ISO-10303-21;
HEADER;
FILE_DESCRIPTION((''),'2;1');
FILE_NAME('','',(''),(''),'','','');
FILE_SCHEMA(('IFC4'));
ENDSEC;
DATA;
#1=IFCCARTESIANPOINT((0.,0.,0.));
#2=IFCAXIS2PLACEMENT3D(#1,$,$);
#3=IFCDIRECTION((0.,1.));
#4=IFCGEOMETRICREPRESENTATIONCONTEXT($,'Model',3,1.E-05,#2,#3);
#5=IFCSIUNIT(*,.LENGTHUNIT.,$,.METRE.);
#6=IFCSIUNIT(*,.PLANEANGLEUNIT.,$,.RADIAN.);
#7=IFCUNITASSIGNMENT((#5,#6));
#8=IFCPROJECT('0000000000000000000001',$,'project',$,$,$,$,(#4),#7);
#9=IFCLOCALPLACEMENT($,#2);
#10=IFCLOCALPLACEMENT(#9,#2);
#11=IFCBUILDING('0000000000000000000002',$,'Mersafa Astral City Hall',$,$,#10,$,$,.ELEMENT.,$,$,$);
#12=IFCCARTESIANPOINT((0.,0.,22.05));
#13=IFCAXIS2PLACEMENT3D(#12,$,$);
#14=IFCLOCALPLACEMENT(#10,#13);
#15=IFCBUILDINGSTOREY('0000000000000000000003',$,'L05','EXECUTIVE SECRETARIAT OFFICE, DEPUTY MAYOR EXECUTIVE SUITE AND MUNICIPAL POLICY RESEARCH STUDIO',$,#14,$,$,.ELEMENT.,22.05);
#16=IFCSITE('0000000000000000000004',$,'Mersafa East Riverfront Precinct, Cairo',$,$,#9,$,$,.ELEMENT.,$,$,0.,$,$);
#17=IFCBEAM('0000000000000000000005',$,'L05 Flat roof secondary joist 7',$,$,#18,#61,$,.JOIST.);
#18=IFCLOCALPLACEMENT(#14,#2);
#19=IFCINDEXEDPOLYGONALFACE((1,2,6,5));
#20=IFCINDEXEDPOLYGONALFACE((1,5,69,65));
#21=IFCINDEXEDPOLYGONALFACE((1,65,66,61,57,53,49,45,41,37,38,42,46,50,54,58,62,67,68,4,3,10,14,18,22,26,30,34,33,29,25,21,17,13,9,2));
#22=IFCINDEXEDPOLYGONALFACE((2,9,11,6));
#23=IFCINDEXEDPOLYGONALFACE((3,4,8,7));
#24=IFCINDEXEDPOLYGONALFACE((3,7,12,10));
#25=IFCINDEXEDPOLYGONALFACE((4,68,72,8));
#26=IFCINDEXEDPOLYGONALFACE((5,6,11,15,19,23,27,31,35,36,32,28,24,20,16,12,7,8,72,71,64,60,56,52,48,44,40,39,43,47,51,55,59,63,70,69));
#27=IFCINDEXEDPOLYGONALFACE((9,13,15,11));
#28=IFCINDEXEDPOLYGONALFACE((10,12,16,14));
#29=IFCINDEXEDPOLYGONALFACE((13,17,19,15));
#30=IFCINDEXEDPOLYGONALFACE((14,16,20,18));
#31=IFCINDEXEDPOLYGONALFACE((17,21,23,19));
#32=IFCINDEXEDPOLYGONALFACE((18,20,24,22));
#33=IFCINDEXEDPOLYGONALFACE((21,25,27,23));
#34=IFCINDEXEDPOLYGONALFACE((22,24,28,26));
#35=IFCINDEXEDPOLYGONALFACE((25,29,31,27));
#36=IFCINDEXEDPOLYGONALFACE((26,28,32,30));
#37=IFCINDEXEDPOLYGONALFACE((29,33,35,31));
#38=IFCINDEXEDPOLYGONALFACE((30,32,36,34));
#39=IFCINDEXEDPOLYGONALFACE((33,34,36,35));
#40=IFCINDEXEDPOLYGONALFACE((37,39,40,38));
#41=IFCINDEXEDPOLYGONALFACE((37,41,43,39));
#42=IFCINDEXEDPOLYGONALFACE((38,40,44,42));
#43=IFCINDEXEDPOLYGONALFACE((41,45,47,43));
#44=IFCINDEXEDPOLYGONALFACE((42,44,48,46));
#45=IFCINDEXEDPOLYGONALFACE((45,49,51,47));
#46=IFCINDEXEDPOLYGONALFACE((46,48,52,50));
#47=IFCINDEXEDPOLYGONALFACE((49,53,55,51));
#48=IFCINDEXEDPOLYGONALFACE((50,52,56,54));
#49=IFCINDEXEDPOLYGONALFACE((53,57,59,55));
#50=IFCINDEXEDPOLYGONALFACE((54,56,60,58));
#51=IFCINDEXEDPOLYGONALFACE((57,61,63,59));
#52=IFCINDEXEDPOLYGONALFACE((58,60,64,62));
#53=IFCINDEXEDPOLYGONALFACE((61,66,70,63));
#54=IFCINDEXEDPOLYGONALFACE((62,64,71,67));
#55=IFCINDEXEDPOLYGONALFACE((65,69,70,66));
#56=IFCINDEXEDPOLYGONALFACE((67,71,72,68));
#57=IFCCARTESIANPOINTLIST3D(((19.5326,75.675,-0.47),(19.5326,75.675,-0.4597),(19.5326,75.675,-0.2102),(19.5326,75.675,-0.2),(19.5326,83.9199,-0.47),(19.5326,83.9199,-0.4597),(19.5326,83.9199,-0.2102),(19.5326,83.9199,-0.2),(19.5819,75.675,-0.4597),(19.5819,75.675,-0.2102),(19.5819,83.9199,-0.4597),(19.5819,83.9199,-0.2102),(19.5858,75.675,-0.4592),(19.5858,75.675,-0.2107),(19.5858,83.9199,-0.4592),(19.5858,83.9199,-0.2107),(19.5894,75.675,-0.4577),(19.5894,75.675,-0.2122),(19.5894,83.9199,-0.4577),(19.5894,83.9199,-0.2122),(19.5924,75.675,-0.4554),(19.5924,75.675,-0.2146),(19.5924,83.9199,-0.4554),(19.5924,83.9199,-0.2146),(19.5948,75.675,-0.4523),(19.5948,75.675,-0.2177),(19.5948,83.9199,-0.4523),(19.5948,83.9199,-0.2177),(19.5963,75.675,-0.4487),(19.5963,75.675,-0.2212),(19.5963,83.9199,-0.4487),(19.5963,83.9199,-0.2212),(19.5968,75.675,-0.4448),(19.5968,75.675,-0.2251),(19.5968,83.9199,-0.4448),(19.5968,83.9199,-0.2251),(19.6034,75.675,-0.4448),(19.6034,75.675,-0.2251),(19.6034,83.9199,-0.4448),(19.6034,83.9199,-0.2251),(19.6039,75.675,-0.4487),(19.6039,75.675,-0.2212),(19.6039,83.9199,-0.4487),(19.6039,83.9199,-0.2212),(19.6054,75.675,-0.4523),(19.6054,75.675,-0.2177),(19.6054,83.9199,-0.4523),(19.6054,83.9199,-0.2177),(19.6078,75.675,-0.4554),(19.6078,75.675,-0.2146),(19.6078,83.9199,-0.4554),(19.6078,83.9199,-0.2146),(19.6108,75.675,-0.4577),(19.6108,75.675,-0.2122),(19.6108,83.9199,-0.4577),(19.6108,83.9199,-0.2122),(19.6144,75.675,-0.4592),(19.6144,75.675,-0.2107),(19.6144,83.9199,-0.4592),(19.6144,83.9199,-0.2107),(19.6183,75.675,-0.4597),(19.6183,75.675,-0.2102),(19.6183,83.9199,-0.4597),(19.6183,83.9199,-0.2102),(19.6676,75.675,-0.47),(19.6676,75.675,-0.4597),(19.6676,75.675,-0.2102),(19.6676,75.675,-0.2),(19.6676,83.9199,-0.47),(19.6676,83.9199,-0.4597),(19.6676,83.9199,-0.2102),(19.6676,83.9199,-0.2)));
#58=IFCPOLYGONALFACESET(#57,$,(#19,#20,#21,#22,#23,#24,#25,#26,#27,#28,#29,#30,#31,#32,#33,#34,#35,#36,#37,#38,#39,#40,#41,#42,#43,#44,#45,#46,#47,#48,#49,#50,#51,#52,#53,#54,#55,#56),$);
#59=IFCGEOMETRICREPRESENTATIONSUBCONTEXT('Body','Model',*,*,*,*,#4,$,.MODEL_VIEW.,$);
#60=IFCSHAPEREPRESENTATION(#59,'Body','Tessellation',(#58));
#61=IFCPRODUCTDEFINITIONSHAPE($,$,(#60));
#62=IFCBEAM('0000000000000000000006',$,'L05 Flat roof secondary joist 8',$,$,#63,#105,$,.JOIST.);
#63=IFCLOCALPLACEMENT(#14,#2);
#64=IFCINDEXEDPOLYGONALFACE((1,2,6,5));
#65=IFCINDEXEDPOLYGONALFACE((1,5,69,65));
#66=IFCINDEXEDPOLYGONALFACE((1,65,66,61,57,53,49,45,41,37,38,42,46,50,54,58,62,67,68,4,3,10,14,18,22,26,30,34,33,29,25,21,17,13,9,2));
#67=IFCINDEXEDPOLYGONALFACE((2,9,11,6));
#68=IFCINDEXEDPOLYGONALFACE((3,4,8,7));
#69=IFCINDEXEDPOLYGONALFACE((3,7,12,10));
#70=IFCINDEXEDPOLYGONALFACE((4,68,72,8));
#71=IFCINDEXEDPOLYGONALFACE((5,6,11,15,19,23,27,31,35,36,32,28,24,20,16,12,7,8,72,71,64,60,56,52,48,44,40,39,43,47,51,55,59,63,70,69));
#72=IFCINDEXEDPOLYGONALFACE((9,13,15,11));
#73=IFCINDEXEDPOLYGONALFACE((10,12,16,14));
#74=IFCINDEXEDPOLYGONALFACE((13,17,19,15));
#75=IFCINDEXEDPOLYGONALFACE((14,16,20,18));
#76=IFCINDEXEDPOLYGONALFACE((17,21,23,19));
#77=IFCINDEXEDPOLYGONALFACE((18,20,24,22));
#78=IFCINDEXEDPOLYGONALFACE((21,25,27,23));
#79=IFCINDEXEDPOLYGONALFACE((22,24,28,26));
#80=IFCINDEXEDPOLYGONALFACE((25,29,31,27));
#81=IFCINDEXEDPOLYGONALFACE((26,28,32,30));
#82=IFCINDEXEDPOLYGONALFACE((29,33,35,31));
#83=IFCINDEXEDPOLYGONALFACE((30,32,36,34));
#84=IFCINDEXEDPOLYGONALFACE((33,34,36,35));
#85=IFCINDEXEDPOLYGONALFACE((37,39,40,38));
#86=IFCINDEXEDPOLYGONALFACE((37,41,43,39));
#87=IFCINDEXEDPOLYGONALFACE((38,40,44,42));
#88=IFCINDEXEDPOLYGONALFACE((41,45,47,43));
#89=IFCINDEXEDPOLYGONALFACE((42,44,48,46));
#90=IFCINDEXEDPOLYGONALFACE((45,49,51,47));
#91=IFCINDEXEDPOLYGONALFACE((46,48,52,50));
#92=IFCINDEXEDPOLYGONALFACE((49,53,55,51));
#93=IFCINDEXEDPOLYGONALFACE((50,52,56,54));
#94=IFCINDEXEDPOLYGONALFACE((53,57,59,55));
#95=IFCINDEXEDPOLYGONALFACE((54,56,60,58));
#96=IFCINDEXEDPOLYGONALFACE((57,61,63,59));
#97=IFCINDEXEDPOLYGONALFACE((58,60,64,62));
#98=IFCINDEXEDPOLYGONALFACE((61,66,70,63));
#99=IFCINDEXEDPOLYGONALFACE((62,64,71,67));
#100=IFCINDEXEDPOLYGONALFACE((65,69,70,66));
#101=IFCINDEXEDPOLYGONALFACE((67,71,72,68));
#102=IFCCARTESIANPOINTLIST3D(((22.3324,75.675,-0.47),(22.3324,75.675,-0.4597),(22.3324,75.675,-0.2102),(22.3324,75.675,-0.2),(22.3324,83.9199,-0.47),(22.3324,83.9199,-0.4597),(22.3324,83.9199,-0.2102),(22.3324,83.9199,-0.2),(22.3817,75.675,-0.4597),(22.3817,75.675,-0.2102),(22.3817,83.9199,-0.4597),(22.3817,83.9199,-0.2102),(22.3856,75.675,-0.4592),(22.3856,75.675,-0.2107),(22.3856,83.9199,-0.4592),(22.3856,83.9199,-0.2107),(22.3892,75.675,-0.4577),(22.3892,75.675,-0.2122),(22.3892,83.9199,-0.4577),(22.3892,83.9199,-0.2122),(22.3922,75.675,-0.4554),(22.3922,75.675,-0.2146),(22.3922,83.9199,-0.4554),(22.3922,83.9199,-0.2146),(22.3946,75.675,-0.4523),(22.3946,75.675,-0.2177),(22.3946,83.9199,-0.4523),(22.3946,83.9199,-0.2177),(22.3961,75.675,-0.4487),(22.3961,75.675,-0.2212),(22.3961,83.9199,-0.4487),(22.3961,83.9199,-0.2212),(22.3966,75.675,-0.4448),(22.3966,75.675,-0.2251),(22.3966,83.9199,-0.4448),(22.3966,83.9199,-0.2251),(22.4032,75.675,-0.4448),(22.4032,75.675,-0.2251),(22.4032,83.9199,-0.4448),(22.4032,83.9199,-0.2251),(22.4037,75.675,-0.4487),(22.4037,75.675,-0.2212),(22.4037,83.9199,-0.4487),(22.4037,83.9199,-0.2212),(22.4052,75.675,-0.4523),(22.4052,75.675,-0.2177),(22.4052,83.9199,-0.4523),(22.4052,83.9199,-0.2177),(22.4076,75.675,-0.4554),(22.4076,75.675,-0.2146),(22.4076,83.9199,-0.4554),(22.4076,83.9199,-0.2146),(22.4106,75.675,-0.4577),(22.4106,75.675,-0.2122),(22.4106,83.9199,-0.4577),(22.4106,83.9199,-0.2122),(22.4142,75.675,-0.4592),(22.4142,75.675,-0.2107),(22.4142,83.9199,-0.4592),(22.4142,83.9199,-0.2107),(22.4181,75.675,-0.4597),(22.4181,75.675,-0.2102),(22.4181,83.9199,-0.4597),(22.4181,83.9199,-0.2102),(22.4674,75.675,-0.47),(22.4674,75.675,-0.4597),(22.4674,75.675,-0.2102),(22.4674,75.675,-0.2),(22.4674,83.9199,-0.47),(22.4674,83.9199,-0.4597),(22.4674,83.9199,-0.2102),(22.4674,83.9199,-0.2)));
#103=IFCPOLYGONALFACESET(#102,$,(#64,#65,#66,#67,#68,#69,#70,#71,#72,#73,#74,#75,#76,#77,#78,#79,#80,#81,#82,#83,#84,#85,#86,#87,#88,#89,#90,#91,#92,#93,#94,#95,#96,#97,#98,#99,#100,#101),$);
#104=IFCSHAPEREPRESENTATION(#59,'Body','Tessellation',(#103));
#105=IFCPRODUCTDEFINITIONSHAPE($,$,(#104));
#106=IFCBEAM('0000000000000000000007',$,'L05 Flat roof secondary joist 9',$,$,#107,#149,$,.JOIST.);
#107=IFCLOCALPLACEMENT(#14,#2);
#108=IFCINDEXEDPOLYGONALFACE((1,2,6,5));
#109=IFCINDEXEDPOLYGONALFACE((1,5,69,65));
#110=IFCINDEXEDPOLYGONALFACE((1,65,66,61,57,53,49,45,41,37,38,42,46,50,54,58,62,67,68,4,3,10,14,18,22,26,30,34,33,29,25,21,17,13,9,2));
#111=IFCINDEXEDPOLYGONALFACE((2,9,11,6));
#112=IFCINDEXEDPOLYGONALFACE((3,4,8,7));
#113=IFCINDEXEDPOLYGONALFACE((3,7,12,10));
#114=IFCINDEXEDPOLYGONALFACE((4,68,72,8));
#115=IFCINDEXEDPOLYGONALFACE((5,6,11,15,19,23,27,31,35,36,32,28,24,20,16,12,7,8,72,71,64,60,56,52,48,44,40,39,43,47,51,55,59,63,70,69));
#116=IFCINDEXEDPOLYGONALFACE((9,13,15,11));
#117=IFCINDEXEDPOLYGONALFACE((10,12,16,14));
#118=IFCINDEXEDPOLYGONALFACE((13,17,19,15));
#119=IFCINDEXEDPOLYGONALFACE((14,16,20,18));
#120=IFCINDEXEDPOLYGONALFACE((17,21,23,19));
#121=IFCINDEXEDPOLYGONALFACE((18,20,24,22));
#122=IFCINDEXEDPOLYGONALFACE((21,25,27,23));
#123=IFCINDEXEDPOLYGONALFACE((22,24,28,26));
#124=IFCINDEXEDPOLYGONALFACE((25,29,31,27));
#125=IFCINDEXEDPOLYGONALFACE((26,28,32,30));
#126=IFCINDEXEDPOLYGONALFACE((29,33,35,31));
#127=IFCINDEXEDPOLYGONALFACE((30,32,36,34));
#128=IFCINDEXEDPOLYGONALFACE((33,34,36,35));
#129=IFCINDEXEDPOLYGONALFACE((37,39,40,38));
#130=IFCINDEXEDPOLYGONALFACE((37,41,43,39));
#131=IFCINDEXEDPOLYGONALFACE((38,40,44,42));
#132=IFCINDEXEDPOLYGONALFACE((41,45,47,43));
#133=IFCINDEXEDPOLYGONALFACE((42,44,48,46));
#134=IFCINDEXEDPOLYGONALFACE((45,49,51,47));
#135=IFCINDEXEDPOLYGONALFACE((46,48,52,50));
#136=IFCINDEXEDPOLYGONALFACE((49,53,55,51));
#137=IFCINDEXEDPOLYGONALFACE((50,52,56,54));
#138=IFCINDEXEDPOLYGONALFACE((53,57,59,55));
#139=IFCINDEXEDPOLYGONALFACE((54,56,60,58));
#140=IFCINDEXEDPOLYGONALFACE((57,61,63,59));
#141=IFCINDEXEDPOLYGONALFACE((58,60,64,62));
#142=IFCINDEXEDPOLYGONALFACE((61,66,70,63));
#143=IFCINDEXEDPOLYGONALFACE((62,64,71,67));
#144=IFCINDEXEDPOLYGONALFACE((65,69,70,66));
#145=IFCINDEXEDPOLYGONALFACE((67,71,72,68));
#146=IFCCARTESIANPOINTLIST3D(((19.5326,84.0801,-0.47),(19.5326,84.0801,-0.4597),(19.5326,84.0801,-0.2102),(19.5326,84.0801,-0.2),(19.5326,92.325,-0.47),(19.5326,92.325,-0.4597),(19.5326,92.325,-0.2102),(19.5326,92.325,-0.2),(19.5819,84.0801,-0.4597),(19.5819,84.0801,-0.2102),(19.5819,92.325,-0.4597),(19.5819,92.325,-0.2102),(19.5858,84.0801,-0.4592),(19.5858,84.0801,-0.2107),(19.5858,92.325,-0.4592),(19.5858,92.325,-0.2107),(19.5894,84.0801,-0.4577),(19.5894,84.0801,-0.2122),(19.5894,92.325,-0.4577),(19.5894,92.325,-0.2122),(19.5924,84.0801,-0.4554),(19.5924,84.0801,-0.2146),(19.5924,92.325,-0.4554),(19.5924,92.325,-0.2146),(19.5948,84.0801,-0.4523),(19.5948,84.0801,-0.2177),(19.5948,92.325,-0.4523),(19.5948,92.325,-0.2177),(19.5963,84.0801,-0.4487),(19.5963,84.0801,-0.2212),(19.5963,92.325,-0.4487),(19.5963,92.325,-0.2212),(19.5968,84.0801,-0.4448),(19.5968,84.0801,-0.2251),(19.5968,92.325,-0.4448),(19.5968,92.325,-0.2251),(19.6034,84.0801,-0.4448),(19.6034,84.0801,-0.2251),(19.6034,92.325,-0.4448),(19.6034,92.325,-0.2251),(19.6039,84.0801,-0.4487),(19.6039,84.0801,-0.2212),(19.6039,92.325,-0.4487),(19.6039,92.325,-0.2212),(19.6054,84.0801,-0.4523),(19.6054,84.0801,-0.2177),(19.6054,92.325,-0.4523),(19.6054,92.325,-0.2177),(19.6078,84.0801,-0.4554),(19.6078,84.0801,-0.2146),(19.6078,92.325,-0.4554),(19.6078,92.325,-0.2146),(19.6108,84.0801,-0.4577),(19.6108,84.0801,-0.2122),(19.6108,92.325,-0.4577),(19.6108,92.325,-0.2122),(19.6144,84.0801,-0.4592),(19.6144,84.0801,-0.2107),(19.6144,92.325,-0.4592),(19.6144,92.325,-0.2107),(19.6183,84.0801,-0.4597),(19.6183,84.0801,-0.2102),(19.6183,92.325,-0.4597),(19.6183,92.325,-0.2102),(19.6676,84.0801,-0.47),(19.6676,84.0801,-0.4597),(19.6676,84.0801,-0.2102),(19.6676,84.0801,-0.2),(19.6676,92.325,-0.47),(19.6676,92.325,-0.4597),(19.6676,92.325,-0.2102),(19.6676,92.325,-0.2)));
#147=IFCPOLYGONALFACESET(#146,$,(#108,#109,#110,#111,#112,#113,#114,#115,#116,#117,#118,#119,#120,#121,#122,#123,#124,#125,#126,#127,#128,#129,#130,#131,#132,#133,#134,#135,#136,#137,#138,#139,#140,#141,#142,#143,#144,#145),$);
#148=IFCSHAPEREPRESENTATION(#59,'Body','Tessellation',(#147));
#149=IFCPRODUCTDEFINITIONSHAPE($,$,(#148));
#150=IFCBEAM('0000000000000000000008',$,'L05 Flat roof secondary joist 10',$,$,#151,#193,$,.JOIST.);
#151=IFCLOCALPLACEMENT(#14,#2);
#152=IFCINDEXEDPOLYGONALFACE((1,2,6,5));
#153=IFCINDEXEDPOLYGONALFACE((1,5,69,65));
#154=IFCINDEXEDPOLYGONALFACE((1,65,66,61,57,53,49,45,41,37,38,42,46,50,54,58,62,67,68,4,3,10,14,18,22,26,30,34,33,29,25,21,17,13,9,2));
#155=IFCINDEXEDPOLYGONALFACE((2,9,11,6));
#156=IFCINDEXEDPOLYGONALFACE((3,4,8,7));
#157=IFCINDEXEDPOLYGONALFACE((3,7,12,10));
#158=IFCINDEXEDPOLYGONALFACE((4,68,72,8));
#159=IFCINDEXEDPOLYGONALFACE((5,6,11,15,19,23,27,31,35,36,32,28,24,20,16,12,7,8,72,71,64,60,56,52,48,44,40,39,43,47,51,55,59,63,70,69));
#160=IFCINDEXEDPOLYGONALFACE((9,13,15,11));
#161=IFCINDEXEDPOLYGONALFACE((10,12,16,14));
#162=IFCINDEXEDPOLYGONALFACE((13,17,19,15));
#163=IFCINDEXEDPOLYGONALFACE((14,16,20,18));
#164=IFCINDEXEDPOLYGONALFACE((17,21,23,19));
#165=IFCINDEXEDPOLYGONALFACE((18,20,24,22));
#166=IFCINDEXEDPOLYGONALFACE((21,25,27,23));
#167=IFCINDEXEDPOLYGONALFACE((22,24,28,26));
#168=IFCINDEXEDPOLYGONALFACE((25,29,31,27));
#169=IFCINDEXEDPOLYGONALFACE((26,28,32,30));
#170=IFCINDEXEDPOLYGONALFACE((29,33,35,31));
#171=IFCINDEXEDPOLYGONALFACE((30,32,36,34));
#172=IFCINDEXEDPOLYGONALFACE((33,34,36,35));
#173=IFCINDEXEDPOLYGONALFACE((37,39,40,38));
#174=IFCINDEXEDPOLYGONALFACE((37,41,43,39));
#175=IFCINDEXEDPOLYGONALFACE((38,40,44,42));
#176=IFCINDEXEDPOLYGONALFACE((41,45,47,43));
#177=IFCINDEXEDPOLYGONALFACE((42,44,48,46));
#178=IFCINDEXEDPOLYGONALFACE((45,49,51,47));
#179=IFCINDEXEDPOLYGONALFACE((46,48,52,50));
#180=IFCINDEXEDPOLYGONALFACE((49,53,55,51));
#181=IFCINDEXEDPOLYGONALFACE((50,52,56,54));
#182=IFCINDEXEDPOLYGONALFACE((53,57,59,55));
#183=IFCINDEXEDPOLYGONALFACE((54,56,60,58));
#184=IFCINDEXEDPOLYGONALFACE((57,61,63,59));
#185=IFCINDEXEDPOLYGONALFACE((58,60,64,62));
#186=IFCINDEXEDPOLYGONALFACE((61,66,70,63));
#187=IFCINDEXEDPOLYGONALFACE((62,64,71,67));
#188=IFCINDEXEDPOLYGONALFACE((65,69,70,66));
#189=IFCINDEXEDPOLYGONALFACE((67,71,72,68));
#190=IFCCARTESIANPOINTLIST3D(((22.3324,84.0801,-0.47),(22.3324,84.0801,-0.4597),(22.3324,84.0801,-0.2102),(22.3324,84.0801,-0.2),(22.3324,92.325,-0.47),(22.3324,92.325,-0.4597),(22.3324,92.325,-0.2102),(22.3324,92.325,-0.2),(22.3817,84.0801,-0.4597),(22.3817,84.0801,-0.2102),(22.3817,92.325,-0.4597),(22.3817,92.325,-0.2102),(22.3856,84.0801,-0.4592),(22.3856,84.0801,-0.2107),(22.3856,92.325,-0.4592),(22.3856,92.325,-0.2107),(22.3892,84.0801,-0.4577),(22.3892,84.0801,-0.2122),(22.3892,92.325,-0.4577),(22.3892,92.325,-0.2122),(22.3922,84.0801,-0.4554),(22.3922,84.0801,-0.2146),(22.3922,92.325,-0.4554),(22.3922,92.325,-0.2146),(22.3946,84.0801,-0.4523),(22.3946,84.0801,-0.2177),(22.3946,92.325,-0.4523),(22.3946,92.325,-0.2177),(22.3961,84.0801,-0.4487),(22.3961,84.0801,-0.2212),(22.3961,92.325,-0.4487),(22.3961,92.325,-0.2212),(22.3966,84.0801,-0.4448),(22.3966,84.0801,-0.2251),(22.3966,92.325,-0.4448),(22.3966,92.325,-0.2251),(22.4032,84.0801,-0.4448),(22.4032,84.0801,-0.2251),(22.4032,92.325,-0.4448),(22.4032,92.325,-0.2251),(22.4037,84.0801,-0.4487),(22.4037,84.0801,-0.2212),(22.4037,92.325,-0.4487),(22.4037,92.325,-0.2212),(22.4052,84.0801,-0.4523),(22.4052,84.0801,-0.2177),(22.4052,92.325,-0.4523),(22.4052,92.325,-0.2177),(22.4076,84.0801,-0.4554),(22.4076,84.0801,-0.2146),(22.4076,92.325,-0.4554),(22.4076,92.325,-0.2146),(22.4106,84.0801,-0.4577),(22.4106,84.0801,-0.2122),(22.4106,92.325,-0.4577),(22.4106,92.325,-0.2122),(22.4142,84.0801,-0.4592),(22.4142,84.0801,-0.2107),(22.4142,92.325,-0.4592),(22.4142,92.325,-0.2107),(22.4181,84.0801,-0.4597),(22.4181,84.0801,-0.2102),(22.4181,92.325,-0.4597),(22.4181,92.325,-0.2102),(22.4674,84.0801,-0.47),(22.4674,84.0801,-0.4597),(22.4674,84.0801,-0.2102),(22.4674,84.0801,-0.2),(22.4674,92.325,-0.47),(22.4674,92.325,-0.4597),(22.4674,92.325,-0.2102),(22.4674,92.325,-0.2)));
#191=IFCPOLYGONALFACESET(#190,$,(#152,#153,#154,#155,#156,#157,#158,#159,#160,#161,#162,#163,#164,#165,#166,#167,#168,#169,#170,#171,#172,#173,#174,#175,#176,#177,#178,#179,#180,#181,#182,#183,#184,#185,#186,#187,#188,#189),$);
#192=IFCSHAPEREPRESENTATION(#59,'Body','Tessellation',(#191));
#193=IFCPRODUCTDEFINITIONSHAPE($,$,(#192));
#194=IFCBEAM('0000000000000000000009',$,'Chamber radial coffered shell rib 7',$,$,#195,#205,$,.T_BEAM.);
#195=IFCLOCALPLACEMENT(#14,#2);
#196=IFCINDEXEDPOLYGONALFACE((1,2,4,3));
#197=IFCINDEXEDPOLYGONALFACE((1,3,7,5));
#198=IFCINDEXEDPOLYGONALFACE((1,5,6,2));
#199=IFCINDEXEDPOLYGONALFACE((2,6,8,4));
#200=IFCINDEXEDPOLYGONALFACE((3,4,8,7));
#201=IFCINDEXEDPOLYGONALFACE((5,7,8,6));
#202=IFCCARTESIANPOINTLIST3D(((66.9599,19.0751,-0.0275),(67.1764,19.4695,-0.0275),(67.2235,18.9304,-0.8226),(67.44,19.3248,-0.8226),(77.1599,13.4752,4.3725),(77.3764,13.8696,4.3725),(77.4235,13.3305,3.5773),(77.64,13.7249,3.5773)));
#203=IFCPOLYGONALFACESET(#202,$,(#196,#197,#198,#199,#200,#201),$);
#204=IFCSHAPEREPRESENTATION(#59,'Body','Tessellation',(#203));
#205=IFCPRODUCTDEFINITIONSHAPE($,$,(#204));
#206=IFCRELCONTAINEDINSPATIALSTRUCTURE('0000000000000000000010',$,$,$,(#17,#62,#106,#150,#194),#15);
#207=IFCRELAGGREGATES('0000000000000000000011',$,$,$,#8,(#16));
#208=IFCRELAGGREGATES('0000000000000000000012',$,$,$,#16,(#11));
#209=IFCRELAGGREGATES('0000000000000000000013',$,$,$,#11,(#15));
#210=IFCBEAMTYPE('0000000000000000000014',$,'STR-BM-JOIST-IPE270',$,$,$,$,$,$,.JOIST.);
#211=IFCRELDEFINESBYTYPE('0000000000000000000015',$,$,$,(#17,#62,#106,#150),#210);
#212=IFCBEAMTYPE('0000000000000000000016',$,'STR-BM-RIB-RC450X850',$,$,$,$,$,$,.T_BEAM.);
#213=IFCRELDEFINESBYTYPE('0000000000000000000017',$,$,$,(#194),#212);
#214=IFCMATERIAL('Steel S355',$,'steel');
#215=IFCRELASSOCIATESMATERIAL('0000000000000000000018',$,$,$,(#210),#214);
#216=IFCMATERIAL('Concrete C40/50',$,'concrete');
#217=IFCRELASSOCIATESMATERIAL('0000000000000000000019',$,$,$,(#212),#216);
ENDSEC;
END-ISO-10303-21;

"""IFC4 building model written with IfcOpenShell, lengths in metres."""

from ifc_helpers import new_model, si_unit, direction, frame, origin, origin_2d, place, context, subcontext, project, spatial, rectangle, i_section, extrude, material, material_profile, profile_set, type_object, element, save


model = new_model("IFC4")

# Units and contexts
model_context = context("Model", 3, precision=1e-05, world=origin(), true_north=direction((0.0, 1.0)))
body_context = subcontext(model_context, "Body", "Model", "MODEL_VIEW")
ifc_project = project(units=[si_unit("LENGTHUNIT", "METRE"), si_unit("PLANEANGLEUNIT", "RADIAN")], contexts=[model_context])

# Site, building, storey
site_placement = place(None, origin())
site = spatial("IfcSite", under=ifc_project, at=site_placement, Name="Mersafa East Riverfront Precinct, Cairo", CompositionType="ELEMENT", RefElevation=0.0)
building_placement = place(site_placement, origin())
building = spatial("IfcBuilding", under=site, at=building_placement, Name="Mersafa Astral City Hall", CompositionType="ELEMENT")
storey_placement = place(building_placement, frame((0.0, 0.0, 22.05)))
storey = spatial("IfcBuildingStorey", under=building, at=storey_placement, Name="L05", Description="EXECUTIVE SECRETARIAT OFFICE, DEPUTY MAYOR EXECUTIVE SUITE AND MUNICIPAL POLICY RESEARCH STUDIO", CompositionType="ELEMENT", Elevation=22.05)

# Beams
ifc_material_1 = material(Name="Steel S355", Category="steel")
ifc_material_profile_1 = material_profile(ifc_material_1, i_section(OverallWidth=0.135, OverallDepth=0.27, WebThickness=0.0066, FlangeThickness=0.0103, FilletRadius=0.0149, at=origin_2d()), Name="IPE 270")
ifc_profile_set_1 = profile_set([ifc_material_profile_1], Name="Steel S355")
beam_type_1 = type_object("IfcBeamType", Name="STR-BM-JOIST-IPE270", PredefinedType="JOIST", material=ifc_profile_set_1)
for number, where, z_axis, x_axis, name in (
    (1, (19.6001, 75.675, -0.335), (0.0, 1.0, 0.0), (-1.0, 0.0, 0.0), "L05 Flat roof secondary joist 7"),
    (2, (22.3999, 75.675, -0.335), (0.0, 1.0, 0.0), (-1.0, 0.0, 0.0), "L05 Flat roof secondary joist 8"),
    (3, (19.6001, 84.0801, -0.335), (0.0, 1.0, 0.0), (-1.0, 0.0, 0.0), "L05 Flat roof secondary joist 9"),
    (4, (22.3999, 84.0801, -0.335), (0.0, 1.0, 0.0), (-1.0, 0.0, 0.0), "L05 Flat roof secondary joist 10"),
):
    element("IfcBeam", number, at=place(storey_placement, frame(where, z_axis=z_axis, x_axis=x_axis)), inside=storey, type_object=beam_type_1, Name=name, PredefinedType="JOIST", context=body_context, shape_type="SweptSolid", body=[
        extrude(i_section(OverallWidth=0.135, OverallDepth=0.27, WebThickness=0.0066, FlangeThickness=0.0103, FilletRadius=0.0149, at=origin_2d()), origin(), (0.0, 0.0, 1.0), 8.2449),
    ])
ifc_material_2 = material(Name="Concrete C40/50", Category="concrete")
ifc_material_profile_2 = material_profile(ifc_material_2, rectangle(XDim=0.45, YDim=0.8501, at=origin_2d()), Name="RC 450x850")
ifc_profile_set_2 = profile_set([ifc_material_profile_2], Name="Concrete C40/50")
beam_type_2 = type_object("IfcBeamType", Name="STR-BM-RIB-RC450X850", PredefinedType="T_BEAM", material=ifc_profile_set_2)
for number, where, z_axis, x_axis, name in (
    (5, (67.2, 19.2, -0.425), (0.819924, -0.450145, 0.353687), (0.481251, 0.876583, 0.0), "Chamber radial coffered shell rib 7"),
):
    element("IfcBeam", number, at=place(storey_placement, frame(where, z_axis=z_axis, x_axis=x_axis)), inside=storey, type_object=beam_type_2, Name=name, PredefinedType="T_BEAM", context=body_context, shape_type="SweptSolid", body=[
        extrude(rectangle(XDim=0.45, YDim=0.8501, at=origin_2d()), origin(), (0.0, 0.0, 1.0), 12.4402),
    ])

save(model, "model.ifc")
